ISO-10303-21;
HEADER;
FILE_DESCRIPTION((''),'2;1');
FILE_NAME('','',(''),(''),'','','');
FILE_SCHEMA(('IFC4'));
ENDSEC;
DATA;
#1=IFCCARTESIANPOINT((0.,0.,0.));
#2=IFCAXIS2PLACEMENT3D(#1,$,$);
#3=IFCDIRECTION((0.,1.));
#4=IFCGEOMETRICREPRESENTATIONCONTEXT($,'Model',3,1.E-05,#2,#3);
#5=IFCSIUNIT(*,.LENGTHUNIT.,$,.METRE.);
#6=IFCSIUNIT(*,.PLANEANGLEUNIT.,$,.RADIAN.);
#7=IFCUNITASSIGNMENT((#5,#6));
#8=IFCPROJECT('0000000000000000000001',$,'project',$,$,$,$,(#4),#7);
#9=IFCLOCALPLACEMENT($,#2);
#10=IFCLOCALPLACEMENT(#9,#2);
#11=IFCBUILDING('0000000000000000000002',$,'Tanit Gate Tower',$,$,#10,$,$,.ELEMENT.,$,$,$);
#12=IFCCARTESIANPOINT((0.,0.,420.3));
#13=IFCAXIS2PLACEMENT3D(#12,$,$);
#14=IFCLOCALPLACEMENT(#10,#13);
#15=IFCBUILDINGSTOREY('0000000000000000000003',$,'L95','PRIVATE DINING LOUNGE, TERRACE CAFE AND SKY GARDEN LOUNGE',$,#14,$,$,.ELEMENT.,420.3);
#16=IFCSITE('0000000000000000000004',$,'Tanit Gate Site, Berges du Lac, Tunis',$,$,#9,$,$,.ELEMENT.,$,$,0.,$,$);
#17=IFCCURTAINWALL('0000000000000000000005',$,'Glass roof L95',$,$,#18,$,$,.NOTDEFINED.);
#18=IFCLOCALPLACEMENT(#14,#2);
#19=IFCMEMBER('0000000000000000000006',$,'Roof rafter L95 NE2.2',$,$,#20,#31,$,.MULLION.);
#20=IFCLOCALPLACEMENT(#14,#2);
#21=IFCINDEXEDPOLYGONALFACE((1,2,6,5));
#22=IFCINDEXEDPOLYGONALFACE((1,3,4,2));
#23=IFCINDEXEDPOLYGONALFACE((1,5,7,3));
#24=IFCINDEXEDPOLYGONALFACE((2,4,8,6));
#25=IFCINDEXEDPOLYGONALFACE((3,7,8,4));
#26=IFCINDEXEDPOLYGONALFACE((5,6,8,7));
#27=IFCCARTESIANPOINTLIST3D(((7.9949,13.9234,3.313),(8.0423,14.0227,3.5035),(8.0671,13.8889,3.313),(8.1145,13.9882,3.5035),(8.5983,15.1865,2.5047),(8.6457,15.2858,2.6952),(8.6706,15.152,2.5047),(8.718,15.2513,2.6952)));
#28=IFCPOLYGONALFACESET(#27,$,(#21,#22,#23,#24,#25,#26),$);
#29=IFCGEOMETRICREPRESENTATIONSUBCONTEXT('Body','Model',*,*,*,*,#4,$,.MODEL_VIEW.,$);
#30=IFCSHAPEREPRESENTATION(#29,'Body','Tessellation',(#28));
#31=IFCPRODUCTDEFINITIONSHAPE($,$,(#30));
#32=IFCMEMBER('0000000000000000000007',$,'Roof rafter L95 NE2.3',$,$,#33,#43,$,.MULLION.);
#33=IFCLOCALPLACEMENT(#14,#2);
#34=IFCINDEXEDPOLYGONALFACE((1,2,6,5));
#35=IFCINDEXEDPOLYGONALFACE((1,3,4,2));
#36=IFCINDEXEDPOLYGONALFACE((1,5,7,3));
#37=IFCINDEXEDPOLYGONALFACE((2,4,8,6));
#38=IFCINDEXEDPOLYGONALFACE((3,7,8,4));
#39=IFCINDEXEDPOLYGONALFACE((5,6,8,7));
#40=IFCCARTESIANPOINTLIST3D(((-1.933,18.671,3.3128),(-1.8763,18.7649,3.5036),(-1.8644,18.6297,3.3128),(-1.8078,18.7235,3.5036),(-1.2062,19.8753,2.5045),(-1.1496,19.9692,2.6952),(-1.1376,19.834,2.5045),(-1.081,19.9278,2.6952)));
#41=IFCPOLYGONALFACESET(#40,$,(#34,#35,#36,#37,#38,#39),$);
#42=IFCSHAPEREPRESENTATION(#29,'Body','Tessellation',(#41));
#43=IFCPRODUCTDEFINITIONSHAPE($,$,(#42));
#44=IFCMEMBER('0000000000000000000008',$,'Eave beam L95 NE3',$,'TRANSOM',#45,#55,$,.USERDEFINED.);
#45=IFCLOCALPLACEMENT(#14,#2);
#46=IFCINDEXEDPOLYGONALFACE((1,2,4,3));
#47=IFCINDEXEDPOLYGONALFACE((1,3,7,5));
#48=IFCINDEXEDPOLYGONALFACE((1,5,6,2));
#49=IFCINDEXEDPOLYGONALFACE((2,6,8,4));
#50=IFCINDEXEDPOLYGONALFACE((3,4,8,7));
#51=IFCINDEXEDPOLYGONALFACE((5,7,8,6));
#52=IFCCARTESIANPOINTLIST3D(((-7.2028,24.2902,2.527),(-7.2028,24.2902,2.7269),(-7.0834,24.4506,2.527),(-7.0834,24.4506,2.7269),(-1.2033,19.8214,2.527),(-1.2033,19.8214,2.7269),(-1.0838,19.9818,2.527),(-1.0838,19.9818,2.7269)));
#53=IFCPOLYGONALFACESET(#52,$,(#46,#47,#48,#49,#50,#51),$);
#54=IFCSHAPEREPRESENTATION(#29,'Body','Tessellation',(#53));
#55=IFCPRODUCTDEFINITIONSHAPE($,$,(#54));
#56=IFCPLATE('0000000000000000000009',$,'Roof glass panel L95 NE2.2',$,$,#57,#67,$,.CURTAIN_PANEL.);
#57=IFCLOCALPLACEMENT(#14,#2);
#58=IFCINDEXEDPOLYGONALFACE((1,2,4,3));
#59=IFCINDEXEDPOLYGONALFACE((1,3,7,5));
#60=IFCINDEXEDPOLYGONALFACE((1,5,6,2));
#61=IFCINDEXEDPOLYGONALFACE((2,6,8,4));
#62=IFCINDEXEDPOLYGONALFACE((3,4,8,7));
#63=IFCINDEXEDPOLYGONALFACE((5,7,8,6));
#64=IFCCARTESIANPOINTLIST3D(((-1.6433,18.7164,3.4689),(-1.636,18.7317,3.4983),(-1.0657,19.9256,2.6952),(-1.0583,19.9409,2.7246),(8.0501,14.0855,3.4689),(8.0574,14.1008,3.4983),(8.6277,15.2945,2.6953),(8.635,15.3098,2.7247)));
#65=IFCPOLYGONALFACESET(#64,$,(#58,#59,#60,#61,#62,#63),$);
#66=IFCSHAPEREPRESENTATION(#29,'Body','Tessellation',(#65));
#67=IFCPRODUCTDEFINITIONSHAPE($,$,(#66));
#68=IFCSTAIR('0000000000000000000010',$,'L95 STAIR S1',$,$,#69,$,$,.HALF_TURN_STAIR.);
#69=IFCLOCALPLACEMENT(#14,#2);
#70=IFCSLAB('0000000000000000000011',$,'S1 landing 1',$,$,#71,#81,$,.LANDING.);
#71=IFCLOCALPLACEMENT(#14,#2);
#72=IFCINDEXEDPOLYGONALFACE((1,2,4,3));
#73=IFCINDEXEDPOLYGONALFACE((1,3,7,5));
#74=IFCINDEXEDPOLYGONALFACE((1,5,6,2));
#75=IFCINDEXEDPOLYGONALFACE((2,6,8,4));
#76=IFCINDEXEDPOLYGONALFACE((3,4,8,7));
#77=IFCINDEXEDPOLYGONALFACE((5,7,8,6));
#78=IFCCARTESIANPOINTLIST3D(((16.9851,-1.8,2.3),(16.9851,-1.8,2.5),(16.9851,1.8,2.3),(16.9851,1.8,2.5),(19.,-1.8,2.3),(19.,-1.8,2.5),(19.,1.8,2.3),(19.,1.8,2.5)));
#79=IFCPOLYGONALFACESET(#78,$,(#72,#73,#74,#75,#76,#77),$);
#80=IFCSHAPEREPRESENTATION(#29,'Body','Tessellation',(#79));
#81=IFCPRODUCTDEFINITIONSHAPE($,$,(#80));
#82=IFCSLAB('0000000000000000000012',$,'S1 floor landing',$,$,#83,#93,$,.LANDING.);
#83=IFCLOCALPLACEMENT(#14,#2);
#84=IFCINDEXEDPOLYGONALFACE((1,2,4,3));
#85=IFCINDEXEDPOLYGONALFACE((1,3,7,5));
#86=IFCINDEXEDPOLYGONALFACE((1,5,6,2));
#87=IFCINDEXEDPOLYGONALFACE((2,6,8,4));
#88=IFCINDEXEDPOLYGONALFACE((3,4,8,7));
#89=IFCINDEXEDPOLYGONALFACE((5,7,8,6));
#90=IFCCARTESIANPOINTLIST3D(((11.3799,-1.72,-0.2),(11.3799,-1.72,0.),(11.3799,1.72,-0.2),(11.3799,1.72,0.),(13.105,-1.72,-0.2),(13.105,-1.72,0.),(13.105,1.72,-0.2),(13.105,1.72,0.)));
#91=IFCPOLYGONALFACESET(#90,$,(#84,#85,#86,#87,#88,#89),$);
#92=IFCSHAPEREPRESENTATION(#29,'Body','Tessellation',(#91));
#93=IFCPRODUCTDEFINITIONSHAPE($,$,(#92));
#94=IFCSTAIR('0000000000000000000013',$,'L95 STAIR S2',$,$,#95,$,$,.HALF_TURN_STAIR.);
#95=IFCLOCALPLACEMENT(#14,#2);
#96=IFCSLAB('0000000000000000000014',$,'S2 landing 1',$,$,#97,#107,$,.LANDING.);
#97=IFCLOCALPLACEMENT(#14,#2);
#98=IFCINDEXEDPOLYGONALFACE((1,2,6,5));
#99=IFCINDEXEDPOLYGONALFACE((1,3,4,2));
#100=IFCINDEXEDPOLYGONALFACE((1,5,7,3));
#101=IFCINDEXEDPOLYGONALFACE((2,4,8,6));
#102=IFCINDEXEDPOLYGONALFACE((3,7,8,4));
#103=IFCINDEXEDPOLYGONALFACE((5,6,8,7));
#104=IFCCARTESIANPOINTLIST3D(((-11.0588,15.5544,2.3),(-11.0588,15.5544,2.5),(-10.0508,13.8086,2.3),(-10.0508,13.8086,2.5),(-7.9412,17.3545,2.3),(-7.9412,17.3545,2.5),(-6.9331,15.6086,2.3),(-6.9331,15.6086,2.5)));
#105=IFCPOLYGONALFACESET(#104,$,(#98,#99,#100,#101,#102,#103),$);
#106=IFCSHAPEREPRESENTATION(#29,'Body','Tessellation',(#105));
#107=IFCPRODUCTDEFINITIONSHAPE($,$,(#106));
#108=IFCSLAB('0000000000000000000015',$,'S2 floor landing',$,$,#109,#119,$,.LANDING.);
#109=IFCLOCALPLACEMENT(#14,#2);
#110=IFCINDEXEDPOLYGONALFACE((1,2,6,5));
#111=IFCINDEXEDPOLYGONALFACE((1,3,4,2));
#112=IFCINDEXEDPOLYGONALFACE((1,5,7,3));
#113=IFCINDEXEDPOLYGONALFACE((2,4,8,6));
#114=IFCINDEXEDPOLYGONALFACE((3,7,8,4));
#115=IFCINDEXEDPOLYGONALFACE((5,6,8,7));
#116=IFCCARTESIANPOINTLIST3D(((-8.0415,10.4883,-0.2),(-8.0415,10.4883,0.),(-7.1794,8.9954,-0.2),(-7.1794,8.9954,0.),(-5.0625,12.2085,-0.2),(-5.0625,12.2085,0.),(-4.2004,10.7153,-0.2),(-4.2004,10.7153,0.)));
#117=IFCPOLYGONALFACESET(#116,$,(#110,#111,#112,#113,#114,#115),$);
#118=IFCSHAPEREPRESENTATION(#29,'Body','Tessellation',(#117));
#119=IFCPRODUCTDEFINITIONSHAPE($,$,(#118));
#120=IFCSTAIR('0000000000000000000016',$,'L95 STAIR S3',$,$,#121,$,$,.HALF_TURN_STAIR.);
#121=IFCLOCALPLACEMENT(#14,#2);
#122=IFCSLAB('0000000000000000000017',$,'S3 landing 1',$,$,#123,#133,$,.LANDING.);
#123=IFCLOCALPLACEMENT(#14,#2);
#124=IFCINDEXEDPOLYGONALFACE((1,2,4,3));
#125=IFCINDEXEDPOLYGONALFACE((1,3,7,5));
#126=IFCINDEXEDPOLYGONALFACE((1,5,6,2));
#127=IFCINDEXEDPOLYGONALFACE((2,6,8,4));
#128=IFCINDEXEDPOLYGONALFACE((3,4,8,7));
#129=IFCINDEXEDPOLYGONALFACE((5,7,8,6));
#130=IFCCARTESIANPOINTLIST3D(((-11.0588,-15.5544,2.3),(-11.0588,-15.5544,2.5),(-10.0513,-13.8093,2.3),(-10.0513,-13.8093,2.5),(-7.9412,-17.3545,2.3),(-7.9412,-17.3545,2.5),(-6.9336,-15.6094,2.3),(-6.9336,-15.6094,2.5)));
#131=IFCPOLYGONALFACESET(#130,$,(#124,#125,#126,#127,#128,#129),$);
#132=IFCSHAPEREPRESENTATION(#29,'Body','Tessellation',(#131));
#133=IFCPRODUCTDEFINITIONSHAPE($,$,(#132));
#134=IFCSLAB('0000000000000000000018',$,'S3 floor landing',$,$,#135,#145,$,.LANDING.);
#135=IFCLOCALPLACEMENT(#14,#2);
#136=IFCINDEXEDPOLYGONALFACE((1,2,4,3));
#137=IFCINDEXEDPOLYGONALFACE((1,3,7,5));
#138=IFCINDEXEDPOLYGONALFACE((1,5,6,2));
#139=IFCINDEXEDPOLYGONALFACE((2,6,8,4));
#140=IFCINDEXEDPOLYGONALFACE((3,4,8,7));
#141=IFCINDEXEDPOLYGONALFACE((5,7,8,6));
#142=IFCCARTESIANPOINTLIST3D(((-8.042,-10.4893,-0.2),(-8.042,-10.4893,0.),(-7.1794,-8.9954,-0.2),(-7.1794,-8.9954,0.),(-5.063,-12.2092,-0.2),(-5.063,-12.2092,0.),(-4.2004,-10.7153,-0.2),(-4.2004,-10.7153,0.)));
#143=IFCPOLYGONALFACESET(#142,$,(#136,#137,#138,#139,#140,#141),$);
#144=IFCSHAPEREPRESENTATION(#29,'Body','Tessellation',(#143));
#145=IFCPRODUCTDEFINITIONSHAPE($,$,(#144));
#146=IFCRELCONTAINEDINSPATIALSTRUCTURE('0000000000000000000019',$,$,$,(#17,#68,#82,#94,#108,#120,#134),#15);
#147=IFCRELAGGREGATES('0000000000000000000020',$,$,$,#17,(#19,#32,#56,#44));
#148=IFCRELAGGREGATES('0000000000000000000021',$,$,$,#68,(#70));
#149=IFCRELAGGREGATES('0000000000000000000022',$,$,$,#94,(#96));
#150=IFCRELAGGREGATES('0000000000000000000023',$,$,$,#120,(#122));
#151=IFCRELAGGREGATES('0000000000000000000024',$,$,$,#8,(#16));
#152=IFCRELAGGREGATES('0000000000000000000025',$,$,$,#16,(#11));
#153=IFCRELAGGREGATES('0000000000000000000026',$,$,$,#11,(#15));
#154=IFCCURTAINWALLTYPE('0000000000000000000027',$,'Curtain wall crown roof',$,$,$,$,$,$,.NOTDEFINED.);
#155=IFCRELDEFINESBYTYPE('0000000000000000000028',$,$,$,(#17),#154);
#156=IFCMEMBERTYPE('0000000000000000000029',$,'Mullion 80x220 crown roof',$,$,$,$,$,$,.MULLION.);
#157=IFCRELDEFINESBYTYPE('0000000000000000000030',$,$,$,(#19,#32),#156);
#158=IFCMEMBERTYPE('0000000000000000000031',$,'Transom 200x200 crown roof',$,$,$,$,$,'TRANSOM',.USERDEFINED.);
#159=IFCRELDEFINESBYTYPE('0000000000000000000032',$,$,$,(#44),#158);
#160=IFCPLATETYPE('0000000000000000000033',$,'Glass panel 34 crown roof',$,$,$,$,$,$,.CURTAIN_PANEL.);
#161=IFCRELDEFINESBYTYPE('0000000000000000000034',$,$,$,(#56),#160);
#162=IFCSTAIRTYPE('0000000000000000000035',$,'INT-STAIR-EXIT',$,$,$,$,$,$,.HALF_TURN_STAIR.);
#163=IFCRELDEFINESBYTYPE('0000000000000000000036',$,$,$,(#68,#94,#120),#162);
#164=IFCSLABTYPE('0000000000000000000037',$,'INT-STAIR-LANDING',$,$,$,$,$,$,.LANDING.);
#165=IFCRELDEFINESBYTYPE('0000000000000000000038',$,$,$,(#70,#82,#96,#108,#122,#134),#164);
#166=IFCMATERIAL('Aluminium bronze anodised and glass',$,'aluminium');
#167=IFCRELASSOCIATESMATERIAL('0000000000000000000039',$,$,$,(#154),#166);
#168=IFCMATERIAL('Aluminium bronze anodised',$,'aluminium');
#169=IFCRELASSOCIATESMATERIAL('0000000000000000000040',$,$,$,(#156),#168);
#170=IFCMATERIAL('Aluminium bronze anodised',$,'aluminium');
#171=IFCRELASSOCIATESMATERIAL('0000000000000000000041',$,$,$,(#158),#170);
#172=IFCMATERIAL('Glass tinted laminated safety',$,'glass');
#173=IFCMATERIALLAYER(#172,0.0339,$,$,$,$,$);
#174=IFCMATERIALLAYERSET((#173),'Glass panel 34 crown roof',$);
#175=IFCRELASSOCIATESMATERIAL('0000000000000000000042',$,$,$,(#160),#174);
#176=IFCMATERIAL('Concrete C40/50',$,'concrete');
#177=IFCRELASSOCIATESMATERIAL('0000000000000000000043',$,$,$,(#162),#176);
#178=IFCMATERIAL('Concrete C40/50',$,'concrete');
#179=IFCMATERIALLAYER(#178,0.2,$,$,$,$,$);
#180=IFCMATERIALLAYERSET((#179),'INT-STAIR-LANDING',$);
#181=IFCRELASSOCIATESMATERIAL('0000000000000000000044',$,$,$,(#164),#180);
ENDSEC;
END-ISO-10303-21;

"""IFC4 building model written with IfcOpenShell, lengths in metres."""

from ifc_helpers import new_model, si_unit, direction, frame, origin, origin_2d, place, context, subcontext, project, spatial, polyline, rectangle, outline, extrude, material, layer, layer_set, material_profile, profile_set, type_object, element, aggregate, save


model = new_model("IFC4")

# Units and contexts
model_context = context("Model", 3, precision=1e-05, world=origin(), true_north=direction((0.0, 1.0)))
body_context = subcontext(model_context, "Body", "Model", "MODEL_VIEW")
ifc_project = project(units=[si_unit("LENGTHUNIT", "METRE"), si_unit("PLANEANGLEUNIT", "RADIAN")], contexts=[model_context])

# Site, building, storey
site_placement = place(None, origin())
site = spatial("IfcSite", under=ifc_project, at=site_placement, Name="Tanit Gate Site, Berges du Lac, Tunis", CompositionType="ELEMENT", RefElevation=0.0)
building_placement = place(site_placement, origin())
building = spatial("IfcBuilding", under=site, at=building_placement, Name="Tanit Gate Tower", CompositionType="ELEMENT")
storey_placement = place(building_placement, frame((0.0, 0.0, 420.3)))
storey = spatial("IfcBuildingStorey", under=building, at=storey_placement, Name="L95", Description="PRIVATE DINING LOUNGE, TERRACE CAFE AND SKY GARDEN LOUNGE", CompositionType="ELEMENT", Elevation=420.3)

# Curtain wall, members, plate
ifc_material_1 = material(Name="Aluminium bronze anodised and glass", Category="aluminium")
curtain_wall_type = type_object("IfcCurtainWallType", Name="Curtain wall crown roof", PredefinedType="NOTDEFINED", material=ifc_material_1)
curtain_wall_placement = place(storey_placement, origin())
curtain_wall = element("IfcCurtainWall", 1, at=curtain_wall_placement, inside=storey, type_object=curtain_wall_type, Name="Glass roof L95", PredefinedType="NOTDEFINED")
ifc_material_2 = material(Name="Aluminium bronze anodised", Category="aluminium")
ifc_material_profile_1 = material_profile(ifc_material_2, rectangle(XDim=0.0801, YDim=0.22, at=origin_2d()), Name="80x220 bronze rafter")
ifc_profile_set_1 = profile_set([ifc_material_profile_1], Name="Aluminium bronze anodised")
member_type_1 = type_object("IfcMemberType", Name="Mullion 80x220 crown roof", PredefinedType="MULLION", material=ifc_profile_set_1)
member_1_placement = place(storey_placement, frame((8.0547, 13.9558, 3.4082), z_axis=(0.373331, 0.781398, -0.500041), x_axis=(-0.902305, 0.431098, 0.0)))
member_1 = element("IfcMember", 2, at=member_1_placement, type_object=member_type_1, Name="Roof rafter L95 NE2.2", PredefinedType="MULLION", context=body_context, shape_type="SweptSolid", body=[
    extrude(rectangle(XDim=0.0801, YDim=0.22, at=origin_2d()), origin(), (0.0, 0.0, 1.0), 1.6165),
])
member_2_placement = place(storey_placement, frame((-1.8704, 18.6973, 3.4082), z_axis=(0.447987, 0.742331, -0.498248), x_axis=(-0.856173, 0.516689, 0.0)))
member_2 = element("IfcMember", 3, at=member_2_placement, type_object=member_type_1, Name="Roof rafter L95 NE2.3", PredefinedType="MULLION", context=body_context, shape_type="SweptSolid", body=[
    extrude(rectangle(XDim=0.0801, YDim=0.22, at=origin_2d()), origin(), (0.0, 0.0, 1.0), 1.6223),
])
ifc_material_3 = material(Name="Aluminium bronze anodised", Category="aluminium")
ifc_material_profile_2 = material_profile(ifc_material_3, rectangle(XDim=0.2, YDim=0.2, at=origin_2d()), Name="200x200 bronze transom")
ifc_profile_set_2 = profile_set([ifc_material_profile_2], Name="Aluminium bronze anodised")
member_type_2 = type_object("IfcMemberType", Name="Transom 200x200 crown roof", ElementType="TRANSOM", PredefinedType="USERDEFINED", material=ifc_profile_set_2)
member_3_placement = place(storey_placement, frame((-1.1436, 19.9016, 2.627), z_axis=(-0.801977, 0.597355, 0.0), x_axis=(-0.597355, -0.801977, 0.0)))
member_3 = element("IfcMember", 4, at=member_3_placement, type_object=member_type_2, Name="Eave beam L95 NE3", ObjectType="TRANSOM", PredefinedType="USERDEFINED", context=body_context, shape_type="SweptSolid", body=[
    extrude(rectangle(XDim=0.2, YDim=0.2, at=origin_2d()), origin(), (0.0, 0.0, 1.0), 7.481),
])
ifc_material_4 = material(Name="Glass tinted laminated safety", Category="glass")
ifc_layer_1 = layer(ifc_material_4, 0.0339)
ifc_layer_set_1 = layer_set([ifc_layer_1], Name="Glass panel 34 crown roof")
plate_type = type_object("IfcPlateType", Name="Glass panel 34 crown roof", PredefinedType="CURTAIN_PANEL", material=ifc_layer_set_1)
plate_placement = place(storey_placement, frame((8.0574, 14.1008, 3.4983), z_axis=(0.215546, 0.451171, 0.866017), x_axis=(-0.902318, 0.431072, 0.000004)))
plate = element("IfcPlate", 5, at=plate_placement, type_object=plate_type, Name="Roof glass panel L95 NE2.2", PredefinedType="CURTAIN_PANEL", context=body_context, shape_type="SweptSolid", body=[
    extrude(outline(polyline([(0.0, 0.0), (10.7427, 0.0), (10.7428, -1.5474), (-0.0001, -1.5472), (0.0, 0.0)])), origin(), (0.0, 0.0, -1.0), 0.0339),
])
aggregate(curtain_wall, [member_1, member_2, plate, member_3])

# Stair, slab
ifc_material_5 = material(Name="Concrete C40/50", Category="concrete")
stair_type = type_object("IfcStairType", Name="INT-STAIR-EXIT", PredefinedType="HALF_TURN_STAIR", material=ifc_material_5)
stair_1_placement = place(storey_placement, origin())
stair_1 = element("IfcStair", 6, at=stair_1_placement, inside=storey, type_object=stair_type, Name="L95 STAIR S1", PredefinedType="HALF_TURN_STAIR")
ifc_material_6 = material(Name="Concrete C40/50", Category="concrete")
ifc_layer_2 = layer(ifc_material_6, 0.2)
ifc_layer_set_2 = layer_set([ifc_layer_2], Name="INT-STAIR-LANDING")
slab_type_1 = type_object("IfcSlabType", Name="INT-STAIR-LANDING", PredefinedType="LANDING", material=ifc_layer_set_2)
slab_1_placement = place(storey_placement, frame((0.0, 0.0, 2.3)))
slab_1 = element("IfcSlab", 7, at=slab_1_placement, type_object=slab_type_1, Name="S1 landing 1", PredefinedType="LANDING", context=body_context, shape_type="SweptSolid", body=[
    extrude(outline(polyline([(16.9851, -1.8), (19.0, -1.8), (19.0, 1.8), (16.9851, 1.8), (16.9851, -1.8)])), origin(), (0.0, 0.0, 1.0), 0.2),
])
aggregate(stair_1, [slab_1])

# Slab
slab_2_placement = place(storey_placement, frame((0.0, 0.0, -0.2)))
element("IfcSlab", 8, at=slab_2_placement, inside=storey, type_object=slab_type_1, Name="S1 floor landing", PredefinedType="LANDING", context=body_context, shape_type="SweptSolid", body=[
    extrude(outline(polyline([(11.3799, -1.72), (13.105, -1.72), (13.105, 1.72), (11.3799, 1.72), (11.3799, -1.72)])), origin(), (0.0, 0.0, 1.0), 0.2),
])

# Stair, slab
stair_2_placement = place(storey_placement, origin())
stair_2 = element("IfcStair", 9, at=stair_2_placement, inside=storey, type_object=stair_type, Name="L95 STAIR S2", PredefinedType="HALF_TURN_STAIR")
slab_3_placement = place(storey_placement, frame((0.0, 0.0, 2.3)))
slab_3 = element("IfcSlab", 10, at=slab_3_placement, type_object=slab_type_1, Name="S2 landing 1", PredefinedType="LANDING", context=body_context, shape_type="SweptSolid", body=[
    extrude(outline(polyline([(-6.9331, 15.6086), (-7.9412, 17.3545), (-11.0588, 15.5544), (-10.0508, 13.8086), (-6.9331, 15.6086)])), origin(), (0.0, 0.0, 1.0), 0.2),
])
aggregate(stair_2, [slab_3])

# Slab
slab_4_placement = place(storey_placement, frame((0.0, 0.0, -0.2)))
element("IfcSlab", 11, at=slab_4_placement, inside=storey, type_object=slab_type_1, Name="S2 floor landing", PredefinedType="LANDING", context=body_context, shape_type="SweptSolid", body=[
    extrude(outline(polyline([(-4.2004, 10.7153), (-5.0625, 12.2085), (-8.0415, 10.4883), (-7.1794, 8.9954), (-4.2004, 10.7153)])), origin(), (0.0, 0.0, 1.0), 0.2),
])

# Stair, slab
stair_3_placement = place(storey_placement, origin())
stair_3 = element("IfcStair", 12, at=stair_3_placement, inside=storey, type_object=stair_type, Name="L95 STAIR S3", PredefinedType="HALF_TURN_STAIR")
slab_5_placement = place(storey_placement, frame((0.0, 0.0, 2.3)))
slab_5 = element("IfcSlab", 13, at=slab_5_placement, type_object=slab_type_1, Name="S3 landing 1", PredefinedType="LANDING", context=body_context, shape_type="SweptSolid", body=[
    extrude(outline(polyline([(-10.0513, -13.8093), (-11.0588, -15.5544), (-7.9412, -17.3545), (-6.9336, -15.6094), (-10.0513, -13.8093)])), origin(), (0.0, 0.0, 1.0), 0.2),
])
aggregate(stair_3, [slab_5])

# Slab
slab_6_placement = place(storey_placement, frame((0.0, 0.0, -0.2)))
element("IfcSlab", 14, at=slab_6_placement, inside=storey, type_object=slab_type_1, Name="S3 floor landing", PredefinedType="LANDING", context=body_context, shape_type="SweptSolid", body=[
    extrude(outline(polyline([(-7.1794, -8.9954), (-8.042, -10.4893), (-5.063, -12.2092), (-4.2004, -10.7153), (-7.1794, -8.9954)])), origin(), (0.0, 0.0, 1.0), 0.2),
])

save(model, "model.ifc")
